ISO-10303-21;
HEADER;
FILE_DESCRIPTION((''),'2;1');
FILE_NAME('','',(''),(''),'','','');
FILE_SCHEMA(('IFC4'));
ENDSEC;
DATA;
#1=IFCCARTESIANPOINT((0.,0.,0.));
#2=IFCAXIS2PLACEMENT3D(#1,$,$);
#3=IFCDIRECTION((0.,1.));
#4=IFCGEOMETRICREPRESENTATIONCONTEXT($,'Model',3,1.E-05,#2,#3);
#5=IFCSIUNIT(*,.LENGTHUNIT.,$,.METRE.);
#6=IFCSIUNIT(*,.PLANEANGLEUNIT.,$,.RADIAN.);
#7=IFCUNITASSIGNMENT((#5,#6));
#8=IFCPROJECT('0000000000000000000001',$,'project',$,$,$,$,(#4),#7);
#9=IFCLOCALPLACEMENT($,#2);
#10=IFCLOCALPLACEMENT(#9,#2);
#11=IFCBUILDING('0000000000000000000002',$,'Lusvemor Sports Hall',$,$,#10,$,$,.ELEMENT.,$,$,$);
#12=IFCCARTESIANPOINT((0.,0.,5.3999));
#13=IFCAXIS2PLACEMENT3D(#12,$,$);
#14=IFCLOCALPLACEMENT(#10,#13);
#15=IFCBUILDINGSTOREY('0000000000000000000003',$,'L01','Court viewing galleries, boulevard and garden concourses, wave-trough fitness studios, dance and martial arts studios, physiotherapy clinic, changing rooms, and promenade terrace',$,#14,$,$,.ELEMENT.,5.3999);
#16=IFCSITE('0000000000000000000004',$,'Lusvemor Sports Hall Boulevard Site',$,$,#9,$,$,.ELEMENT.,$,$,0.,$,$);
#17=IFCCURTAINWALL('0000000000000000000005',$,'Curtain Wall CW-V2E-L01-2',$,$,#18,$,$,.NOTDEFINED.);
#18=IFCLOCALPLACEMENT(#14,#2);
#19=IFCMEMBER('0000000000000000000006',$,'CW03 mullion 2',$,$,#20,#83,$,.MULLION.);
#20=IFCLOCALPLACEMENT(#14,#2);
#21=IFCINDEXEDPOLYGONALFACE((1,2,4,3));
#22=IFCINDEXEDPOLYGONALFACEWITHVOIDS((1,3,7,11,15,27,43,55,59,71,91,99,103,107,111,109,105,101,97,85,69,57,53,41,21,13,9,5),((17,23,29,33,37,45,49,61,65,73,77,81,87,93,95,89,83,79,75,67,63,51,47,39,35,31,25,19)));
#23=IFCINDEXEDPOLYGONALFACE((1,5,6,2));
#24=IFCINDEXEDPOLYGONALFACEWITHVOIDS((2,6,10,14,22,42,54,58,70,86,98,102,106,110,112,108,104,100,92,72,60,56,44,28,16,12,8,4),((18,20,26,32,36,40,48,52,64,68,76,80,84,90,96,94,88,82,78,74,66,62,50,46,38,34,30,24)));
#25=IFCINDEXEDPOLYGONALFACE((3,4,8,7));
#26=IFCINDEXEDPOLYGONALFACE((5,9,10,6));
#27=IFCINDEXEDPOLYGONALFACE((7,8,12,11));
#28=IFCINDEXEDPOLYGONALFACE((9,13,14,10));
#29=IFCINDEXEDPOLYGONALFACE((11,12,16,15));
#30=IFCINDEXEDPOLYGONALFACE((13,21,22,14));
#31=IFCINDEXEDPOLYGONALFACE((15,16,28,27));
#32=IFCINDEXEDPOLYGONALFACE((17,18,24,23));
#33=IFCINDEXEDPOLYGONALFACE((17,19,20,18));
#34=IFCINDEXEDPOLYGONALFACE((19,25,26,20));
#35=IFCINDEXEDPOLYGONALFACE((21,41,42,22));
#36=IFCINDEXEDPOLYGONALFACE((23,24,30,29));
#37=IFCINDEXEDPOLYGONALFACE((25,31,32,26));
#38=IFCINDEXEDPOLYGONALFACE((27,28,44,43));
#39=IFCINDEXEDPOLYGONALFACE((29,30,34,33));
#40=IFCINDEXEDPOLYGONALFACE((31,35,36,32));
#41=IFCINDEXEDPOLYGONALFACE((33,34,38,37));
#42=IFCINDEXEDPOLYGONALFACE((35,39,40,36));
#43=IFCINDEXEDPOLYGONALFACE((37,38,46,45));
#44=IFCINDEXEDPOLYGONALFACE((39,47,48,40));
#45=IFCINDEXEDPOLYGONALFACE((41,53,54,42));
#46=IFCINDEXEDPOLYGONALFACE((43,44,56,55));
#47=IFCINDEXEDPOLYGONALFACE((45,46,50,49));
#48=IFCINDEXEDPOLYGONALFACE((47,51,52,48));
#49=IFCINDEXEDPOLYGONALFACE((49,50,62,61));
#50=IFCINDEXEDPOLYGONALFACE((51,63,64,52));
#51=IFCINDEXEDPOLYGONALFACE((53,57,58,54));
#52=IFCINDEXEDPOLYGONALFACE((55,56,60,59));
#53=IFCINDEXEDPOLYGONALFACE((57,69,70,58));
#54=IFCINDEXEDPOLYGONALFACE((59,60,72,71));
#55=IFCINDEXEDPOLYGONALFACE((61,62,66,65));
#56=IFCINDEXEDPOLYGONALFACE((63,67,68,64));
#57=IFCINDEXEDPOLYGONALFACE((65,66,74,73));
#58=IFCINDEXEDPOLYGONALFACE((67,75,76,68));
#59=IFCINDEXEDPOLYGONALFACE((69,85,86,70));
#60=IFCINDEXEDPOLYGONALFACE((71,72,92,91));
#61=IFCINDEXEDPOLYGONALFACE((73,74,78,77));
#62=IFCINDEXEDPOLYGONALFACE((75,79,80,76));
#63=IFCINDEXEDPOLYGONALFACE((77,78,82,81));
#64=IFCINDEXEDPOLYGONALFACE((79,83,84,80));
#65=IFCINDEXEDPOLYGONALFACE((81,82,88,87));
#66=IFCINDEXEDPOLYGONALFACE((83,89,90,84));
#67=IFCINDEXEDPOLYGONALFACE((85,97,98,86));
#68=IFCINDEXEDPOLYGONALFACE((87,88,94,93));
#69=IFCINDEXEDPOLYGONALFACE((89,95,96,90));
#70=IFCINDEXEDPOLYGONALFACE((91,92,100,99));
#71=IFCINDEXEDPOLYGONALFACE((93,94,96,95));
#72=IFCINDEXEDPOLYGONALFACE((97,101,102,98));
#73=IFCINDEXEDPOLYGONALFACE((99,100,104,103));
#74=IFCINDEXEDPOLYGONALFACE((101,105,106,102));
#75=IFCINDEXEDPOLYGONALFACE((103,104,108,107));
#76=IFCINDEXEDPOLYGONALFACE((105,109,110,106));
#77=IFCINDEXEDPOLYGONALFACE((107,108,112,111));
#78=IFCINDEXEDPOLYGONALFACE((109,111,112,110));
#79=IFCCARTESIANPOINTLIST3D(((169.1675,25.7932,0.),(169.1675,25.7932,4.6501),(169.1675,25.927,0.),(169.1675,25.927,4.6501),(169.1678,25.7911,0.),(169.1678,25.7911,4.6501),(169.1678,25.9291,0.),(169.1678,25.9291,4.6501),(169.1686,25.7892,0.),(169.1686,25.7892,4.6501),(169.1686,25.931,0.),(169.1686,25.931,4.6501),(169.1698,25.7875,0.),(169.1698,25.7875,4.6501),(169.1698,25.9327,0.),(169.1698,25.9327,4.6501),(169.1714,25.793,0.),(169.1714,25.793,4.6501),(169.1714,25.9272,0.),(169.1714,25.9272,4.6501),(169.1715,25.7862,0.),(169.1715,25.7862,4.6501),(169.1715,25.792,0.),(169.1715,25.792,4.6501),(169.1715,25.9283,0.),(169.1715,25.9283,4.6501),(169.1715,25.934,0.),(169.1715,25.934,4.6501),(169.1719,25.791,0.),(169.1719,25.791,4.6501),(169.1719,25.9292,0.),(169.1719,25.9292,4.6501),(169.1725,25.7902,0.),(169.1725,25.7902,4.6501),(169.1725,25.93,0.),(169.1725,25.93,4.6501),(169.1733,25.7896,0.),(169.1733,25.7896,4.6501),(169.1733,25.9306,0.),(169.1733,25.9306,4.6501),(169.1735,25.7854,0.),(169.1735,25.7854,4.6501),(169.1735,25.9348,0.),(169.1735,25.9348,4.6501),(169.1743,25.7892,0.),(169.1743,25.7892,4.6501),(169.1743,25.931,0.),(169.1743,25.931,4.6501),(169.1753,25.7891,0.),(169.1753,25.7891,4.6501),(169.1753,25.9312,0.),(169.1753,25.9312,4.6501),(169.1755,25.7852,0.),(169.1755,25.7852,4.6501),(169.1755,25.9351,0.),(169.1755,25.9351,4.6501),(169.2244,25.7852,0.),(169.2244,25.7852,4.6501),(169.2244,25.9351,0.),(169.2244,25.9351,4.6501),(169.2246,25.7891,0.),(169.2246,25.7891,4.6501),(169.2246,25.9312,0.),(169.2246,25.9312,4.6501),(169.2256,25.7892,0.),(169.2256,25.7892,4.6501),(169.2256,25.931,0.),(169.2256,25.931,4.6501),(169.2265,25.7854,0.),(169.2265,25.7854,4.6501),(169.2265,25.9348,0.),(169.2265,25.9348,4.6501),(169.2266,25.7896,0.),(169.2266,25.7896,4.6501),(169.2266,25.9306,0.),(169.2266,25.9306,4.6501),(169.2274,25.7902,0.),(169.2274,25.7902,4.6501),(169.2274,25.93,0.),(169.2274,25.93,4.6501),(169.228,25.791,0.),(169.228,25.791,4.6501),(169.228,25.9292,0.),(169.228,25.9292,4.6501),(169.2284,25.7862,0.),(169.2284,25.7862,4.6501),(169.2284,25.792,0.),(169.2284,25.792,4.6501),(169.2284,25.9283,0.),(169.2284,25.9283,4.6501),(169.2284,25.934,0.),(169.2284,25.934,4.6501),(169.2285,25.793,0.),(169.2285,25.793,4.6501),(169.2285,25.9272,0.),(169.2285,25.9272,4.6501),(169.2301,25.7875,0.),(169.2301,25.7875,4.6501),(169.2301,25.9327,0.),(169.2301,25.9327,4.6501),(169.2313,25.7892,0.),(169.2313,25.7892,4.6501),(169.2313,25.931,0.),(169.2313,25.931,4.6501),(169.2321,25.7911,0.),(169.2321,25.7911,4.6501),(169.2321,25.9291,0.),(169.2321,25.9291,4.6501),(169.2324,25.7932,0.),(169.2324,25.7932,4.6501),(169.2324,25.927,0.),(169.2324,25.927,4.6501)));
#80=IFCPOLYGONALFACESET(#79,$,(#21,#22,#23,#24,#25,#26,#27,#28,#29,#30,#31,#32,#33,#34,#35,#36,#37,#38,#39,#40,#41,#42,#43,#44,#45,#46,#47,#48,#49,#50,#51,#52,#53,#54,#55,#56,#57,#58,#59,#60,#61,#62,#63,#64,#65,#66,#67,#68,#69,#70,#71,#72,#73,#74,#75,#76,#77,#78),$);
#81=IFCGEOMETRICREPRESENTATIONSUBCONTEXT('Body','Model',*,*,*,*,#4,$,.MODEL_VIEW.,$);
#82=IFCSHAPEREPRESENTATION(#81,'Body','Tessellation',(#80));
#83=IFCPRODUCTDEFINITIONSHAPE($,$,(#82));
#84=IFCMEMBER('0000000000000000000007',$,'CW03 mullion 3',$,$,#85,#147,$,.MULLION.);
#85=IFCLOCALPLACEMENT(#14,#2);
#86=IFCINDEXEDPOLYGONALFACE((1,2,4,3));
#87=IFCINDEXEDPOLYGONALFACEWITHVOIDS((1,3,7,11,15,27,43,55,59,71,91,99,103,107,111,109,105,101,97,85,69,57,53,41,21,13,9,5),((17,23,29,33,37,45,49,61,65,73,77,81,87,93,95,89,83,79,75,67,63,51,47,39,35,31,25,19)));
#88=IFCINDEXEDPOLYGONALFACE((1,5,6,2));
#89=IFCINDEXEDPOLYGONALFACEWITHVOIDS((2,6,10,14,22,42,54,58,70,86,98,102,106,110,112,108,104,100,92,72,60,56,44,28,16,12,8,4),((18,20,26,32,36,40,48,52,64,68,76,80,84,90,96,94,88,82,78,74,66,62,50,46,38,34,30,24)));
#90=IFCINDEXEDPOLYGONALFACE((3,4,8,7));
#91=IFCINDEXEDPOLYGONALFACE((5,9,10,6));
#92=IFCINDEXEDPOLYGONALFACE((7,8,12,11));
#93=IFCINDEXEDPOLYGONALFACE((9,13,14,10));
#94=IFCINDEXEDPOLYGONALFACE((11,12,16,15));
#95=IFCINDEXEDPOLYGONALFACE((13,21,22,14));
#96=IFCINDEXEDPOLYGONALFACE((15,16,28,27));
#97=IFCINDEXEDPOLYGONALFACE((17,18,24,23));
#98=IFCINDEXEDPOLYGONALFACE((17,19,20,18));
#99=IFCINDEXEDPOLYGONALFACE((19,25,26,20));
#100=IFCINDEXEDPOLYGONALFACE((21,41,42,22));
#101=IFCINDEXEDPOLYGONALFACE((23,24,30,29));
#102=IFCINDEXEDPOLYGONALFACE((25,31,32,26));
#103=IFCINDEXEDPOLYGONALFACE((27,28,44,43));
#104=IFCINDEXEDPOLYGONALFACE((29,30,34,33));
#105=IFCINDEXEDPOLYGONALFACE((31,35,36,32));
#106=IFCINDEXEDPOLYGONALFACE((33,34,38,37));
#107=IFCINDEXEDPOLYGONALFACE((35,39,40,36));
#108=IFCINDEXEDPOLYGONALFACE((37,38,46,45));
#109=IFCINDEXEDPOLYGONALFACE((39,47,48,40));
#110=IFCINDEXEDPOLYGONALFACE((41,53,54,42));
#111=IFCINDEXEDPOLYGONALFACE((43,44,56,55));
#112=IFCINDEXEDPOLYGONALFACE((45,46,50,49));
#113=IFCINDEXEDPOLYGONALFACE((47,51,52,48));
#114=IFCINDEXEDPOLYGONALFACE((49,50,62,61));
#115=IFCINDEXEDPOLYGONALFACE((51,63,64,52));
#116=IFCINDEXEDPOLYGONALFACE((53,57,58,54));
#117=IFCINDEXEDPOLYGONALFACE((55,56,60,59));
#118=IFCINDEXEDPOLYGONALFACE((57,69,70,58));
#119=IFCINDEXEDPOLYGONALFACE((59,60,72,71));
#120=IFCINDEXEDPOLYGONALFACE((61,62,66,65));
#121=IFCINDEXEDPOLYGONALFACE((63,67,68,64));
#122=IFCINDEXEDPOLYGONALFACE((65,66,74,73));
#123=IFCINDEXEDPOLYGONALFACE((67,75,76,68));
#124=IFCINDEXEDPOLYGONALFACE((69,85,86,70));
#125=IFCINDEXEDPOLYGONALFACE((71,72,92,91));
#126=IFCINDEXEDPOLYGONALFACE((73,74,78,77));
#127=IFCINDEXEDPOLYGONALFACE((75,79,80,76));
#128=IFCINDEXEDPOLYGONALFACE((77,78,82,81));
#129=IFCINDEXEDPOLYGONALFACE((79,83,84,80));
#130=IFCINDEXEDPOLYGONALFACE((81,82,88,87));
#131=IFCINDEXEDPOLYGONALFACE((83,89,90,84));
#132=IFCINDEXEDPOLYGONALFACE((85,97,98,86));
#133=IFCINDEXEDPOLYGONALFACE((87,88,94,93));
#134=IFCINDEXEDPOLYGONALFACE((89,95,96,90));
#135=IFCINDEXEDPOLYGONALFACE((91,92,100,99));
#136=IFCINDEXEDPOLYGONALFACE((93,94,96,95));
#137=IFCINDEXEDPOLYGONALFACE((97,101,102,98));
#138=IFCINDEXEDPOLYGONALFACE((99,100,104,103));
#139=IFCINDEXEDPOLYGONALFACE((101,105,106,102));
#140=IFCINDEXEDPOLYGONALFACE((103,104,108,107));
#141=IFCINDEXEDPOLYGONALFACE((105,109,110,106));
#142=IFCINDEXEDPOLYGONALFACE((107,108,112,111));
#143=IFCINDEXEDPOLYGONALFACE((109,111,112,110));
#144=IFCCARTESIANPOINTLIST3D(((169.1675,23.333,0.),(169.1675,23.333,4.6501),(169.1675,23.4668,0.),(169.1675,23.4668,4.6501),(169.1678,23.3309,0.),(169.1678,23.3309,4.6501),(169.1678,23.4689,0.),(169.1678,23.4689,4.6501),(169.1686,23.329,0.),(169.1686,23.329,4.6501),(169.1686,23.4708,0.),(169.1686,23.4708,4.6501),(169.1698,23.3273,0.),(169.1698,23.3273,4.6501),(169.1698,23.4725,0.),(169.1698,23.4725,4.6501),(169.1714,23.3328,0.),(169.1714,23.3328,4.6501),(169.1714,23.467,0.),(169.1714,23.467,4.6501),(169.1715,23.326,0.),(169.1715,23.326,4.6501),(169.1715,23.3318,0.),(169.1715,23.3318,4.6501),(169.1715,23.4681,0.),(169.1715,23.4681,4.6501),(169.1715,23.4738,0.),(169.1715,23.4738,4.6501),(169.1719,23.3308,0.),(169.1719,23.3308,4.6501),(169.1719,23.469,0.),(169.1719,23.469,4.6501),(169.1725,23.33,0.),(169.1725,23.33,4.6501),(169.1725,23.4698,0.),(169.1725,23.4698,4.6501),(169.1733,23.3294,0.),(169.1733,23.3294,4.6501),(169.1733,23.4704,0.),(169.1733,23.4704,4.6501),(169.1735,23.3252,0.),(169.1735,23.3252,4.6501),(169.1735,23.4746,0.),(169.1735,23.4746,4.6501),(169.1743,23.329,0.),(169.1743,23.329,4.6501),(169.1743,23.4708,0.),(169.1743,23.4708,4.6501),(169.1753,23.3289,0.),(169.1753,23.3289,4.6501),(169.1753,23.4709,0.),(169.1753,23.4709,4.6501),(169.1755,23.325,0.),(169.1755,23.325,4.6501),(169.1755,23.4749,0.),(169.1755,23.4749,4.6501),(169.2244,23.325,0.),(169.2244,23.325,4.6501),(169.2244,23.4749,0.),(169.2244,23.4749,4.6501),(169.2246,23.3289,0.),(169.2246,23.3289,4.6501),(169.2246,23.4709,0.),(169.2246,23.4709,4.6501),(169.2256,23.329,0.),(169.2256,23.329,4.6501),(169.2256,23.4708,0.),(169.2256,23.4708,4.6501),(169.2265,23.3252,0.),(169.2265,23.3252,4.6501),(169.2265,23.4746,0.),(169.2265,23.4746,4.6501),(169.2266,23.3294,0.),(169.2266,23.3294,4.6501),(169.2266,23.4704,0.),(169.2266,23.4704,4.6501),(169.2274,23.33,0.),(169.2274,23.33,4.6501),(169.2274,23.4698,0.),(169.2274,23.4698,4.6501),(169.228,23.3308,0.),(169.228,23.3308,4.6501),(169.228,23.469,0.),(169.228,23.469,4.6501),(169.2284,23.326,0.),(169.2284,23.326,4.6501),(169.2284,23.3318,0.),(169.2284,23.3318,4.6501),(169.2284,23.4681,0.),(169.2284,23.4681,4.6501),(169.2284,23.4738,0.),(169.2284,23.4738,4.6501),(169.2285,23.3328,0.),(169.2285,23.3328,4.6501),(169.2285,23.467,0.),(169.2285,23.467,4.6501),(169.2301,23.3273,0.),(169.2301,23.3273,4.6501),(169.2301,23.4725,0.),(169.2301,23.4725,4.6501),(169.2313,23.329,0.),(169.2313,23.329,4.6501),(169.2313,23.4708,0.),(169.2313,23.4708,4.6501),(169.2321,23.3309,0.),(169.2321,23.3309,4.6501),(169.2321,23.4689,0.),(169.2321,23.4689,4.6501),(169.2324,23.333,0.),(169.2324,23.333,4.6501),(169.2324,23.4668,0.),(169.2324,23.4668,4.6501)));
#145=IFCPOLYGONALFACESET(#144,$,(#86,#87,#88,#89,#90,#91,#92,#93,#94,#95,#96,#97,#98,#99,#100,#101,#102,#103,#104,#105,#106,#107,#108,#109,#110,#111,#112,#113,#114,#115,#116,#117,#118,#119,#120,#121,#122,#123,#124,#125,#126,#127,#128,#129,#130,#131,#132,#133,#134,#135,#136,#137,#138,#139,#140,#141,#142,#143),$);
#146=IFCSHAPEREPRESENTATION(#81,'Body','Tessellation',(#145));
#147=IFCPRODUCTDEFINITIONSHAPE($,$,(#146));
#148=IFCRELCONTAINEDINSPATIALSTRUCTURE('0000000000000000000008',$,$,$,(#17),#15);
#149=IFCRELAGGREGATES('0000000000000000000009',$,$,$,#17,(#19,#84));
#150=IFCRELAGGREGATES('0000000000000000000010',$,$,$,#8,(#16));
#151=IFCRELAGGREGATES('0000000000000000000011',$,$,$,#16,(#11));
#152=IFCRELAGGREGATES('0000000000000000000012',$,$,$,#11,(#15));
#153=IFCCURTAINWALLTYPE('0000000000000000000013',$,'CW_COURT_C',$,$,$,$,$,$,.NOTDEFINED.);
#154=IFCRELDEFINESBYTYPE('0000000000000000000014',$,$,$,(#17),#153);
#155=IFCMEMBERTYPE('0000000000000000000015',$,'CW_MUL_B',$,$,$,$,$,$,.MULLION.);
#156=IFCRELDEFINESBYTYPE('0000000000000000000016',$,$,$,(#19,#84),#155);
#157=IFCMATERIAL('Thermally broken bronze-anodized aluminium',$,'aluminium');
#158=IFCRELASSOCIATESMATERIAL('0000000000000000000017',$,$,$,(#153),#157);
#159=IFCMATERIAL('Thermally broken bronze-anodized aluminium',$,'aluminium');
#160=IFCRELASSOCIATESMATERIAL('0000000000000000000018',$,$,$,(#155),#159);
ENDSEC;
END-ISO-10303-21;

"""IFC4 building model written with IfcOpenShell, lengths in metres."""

from ifc_helpers import new_model, si_unit, direction, frame, origin, origin_2d, place, context, subcontext, project, spatial, hollow_rectangle, extrude, material, material_profile, profile_set, type_object, element, aggregate, save


model = new_model("IFC4")

# Units and contexts
model_context = context("Model", 3, precision=1e-05, world=origin(), true_north=direction((0.0, 1.0)))
body_context = subcontext(model_context, "Body", "Model", "MODEL_VIEW")
ifc_project = project(units=[si_unit("LENGTHUNIT", "METRE"), si_unit("PLANEANGLEUNIT", "RADIAN")], contexts=[model_context])

# Site, building, storey
site_placement = place(None, origin())
site = spatial("IfcSite", under=ifc_project, at=site_placement, Name="Lusvemor Sports Hall Boulevard Site", CompositionType="ELEMENT", RefElevation=0.0)
building_placement = place(site_placement, origin())
building = spatial("IfcBuilding", under=site, at=building_placement, Name="Lusvemor Sports Hall", CompositionType="ELEMENT")
storey_placement = place(building_placement, frame((0.0, 0.0, 5.3999)))
storey = spatial("IfcBuildingStorey", under=building, at=storey_placement, Name="L01", Description="Court viewing galleries, boulevard and garden concourses, wave-trough fitness studios, dance and martial arts studios, physiotherapy clinic, changing rooms, and promenade terrace", CompositionType="ELEMENT", Elevation=5.3999)

# Curtain wall, members
ifc_material_1 = material(Name="Thermally broken bronze-anodized aluminium", Category="aluminium")
curtain_wall_type = type_object("IfcCurtainWallType", Name="CW_COURT_C", PredefinedType="NOTDEFINED", material=ifc_material_1)
curtain_wall_placement = place(storey_placement, origin())
curtain_wall = element("IfcCurtainWall", 1, at=curtain_wall_placement, inside=storey, type_object=curtain_wall_type, Name="Curtain Wall CW-V2E-L01-2", PredefinedType="NOTDEFINED")
ifc_material_2 = material(Name="Thermally broken bronze-anodized aluminium", Category="aluminium")
ifc_material_profile_1 = material_profile(ifc_material_2, hollow_rectangle(XDim=0.0649, YDim=0.1499, WallThickness=0.0039, InnerFilletRadius=0.0039, OuterFilletRadius=0.0081, at=origin_2d()), Name="CWMUL150x65x4")
ifc_profile_set_1 = profile_set([ifc_material_profile_1], Name="Thermally broken bronze-anodized aluminium")
member_type_1 = type_object("IfcMemberType", Name="CW_MUL_B", PredefinedType="MULLION", material=ifc_profile_set_1)
member_1_placement = place(storey_placement, frame((169.2, 25.8601, 0.0), z_axis=(0.0, 0.0, 1.0), x_axis=(1.0, 0.0, 0.0)))
member_1 = element("IfcMember", 2, at=member_1_placement, type_object=member_type_1, Name="CW03 mullion 2", PredefinedType="MULLION", context=body_context, shape_type="SweptSolid", body=[
    extrude(hollow_rectangle(XDim=0.0649, YDim=0.1499, WallThickness=0.0039, InnerFilletRadius=0.0039, OuterFilletRadius=0.0081, at=origin_2d()), origin(), (0.0, 0.0, 1.0), 4.6501),
])
member_2_placement = place(storey_placement, frame((169.2, 23.3999, 0.0), z_axis=(0.0, 0.0, 1.0), x_axis=(1.0, 0.0, 0.0)))
member_2 = element("IfcMember", 3, at=member_2_placement, type_object=member_type_1, Name="CW03 mullion 3", PredefinedType="MULLION", context=body_context, shape_type="SweptSolid", body=[
    extrude(hollow_rectangle(XDim=0.0649, YDim=0.1499, WallThickness=0.0039, InnerFilletRadius=0.0039, OuterFilletRadius=0.0081, at=origin_2d()), origin(), (0.0, 0.0, 1.0), 4.6501),
])
aggregate(curtain_wall, [member_1, member_2])

save(model, "model.ifc")
